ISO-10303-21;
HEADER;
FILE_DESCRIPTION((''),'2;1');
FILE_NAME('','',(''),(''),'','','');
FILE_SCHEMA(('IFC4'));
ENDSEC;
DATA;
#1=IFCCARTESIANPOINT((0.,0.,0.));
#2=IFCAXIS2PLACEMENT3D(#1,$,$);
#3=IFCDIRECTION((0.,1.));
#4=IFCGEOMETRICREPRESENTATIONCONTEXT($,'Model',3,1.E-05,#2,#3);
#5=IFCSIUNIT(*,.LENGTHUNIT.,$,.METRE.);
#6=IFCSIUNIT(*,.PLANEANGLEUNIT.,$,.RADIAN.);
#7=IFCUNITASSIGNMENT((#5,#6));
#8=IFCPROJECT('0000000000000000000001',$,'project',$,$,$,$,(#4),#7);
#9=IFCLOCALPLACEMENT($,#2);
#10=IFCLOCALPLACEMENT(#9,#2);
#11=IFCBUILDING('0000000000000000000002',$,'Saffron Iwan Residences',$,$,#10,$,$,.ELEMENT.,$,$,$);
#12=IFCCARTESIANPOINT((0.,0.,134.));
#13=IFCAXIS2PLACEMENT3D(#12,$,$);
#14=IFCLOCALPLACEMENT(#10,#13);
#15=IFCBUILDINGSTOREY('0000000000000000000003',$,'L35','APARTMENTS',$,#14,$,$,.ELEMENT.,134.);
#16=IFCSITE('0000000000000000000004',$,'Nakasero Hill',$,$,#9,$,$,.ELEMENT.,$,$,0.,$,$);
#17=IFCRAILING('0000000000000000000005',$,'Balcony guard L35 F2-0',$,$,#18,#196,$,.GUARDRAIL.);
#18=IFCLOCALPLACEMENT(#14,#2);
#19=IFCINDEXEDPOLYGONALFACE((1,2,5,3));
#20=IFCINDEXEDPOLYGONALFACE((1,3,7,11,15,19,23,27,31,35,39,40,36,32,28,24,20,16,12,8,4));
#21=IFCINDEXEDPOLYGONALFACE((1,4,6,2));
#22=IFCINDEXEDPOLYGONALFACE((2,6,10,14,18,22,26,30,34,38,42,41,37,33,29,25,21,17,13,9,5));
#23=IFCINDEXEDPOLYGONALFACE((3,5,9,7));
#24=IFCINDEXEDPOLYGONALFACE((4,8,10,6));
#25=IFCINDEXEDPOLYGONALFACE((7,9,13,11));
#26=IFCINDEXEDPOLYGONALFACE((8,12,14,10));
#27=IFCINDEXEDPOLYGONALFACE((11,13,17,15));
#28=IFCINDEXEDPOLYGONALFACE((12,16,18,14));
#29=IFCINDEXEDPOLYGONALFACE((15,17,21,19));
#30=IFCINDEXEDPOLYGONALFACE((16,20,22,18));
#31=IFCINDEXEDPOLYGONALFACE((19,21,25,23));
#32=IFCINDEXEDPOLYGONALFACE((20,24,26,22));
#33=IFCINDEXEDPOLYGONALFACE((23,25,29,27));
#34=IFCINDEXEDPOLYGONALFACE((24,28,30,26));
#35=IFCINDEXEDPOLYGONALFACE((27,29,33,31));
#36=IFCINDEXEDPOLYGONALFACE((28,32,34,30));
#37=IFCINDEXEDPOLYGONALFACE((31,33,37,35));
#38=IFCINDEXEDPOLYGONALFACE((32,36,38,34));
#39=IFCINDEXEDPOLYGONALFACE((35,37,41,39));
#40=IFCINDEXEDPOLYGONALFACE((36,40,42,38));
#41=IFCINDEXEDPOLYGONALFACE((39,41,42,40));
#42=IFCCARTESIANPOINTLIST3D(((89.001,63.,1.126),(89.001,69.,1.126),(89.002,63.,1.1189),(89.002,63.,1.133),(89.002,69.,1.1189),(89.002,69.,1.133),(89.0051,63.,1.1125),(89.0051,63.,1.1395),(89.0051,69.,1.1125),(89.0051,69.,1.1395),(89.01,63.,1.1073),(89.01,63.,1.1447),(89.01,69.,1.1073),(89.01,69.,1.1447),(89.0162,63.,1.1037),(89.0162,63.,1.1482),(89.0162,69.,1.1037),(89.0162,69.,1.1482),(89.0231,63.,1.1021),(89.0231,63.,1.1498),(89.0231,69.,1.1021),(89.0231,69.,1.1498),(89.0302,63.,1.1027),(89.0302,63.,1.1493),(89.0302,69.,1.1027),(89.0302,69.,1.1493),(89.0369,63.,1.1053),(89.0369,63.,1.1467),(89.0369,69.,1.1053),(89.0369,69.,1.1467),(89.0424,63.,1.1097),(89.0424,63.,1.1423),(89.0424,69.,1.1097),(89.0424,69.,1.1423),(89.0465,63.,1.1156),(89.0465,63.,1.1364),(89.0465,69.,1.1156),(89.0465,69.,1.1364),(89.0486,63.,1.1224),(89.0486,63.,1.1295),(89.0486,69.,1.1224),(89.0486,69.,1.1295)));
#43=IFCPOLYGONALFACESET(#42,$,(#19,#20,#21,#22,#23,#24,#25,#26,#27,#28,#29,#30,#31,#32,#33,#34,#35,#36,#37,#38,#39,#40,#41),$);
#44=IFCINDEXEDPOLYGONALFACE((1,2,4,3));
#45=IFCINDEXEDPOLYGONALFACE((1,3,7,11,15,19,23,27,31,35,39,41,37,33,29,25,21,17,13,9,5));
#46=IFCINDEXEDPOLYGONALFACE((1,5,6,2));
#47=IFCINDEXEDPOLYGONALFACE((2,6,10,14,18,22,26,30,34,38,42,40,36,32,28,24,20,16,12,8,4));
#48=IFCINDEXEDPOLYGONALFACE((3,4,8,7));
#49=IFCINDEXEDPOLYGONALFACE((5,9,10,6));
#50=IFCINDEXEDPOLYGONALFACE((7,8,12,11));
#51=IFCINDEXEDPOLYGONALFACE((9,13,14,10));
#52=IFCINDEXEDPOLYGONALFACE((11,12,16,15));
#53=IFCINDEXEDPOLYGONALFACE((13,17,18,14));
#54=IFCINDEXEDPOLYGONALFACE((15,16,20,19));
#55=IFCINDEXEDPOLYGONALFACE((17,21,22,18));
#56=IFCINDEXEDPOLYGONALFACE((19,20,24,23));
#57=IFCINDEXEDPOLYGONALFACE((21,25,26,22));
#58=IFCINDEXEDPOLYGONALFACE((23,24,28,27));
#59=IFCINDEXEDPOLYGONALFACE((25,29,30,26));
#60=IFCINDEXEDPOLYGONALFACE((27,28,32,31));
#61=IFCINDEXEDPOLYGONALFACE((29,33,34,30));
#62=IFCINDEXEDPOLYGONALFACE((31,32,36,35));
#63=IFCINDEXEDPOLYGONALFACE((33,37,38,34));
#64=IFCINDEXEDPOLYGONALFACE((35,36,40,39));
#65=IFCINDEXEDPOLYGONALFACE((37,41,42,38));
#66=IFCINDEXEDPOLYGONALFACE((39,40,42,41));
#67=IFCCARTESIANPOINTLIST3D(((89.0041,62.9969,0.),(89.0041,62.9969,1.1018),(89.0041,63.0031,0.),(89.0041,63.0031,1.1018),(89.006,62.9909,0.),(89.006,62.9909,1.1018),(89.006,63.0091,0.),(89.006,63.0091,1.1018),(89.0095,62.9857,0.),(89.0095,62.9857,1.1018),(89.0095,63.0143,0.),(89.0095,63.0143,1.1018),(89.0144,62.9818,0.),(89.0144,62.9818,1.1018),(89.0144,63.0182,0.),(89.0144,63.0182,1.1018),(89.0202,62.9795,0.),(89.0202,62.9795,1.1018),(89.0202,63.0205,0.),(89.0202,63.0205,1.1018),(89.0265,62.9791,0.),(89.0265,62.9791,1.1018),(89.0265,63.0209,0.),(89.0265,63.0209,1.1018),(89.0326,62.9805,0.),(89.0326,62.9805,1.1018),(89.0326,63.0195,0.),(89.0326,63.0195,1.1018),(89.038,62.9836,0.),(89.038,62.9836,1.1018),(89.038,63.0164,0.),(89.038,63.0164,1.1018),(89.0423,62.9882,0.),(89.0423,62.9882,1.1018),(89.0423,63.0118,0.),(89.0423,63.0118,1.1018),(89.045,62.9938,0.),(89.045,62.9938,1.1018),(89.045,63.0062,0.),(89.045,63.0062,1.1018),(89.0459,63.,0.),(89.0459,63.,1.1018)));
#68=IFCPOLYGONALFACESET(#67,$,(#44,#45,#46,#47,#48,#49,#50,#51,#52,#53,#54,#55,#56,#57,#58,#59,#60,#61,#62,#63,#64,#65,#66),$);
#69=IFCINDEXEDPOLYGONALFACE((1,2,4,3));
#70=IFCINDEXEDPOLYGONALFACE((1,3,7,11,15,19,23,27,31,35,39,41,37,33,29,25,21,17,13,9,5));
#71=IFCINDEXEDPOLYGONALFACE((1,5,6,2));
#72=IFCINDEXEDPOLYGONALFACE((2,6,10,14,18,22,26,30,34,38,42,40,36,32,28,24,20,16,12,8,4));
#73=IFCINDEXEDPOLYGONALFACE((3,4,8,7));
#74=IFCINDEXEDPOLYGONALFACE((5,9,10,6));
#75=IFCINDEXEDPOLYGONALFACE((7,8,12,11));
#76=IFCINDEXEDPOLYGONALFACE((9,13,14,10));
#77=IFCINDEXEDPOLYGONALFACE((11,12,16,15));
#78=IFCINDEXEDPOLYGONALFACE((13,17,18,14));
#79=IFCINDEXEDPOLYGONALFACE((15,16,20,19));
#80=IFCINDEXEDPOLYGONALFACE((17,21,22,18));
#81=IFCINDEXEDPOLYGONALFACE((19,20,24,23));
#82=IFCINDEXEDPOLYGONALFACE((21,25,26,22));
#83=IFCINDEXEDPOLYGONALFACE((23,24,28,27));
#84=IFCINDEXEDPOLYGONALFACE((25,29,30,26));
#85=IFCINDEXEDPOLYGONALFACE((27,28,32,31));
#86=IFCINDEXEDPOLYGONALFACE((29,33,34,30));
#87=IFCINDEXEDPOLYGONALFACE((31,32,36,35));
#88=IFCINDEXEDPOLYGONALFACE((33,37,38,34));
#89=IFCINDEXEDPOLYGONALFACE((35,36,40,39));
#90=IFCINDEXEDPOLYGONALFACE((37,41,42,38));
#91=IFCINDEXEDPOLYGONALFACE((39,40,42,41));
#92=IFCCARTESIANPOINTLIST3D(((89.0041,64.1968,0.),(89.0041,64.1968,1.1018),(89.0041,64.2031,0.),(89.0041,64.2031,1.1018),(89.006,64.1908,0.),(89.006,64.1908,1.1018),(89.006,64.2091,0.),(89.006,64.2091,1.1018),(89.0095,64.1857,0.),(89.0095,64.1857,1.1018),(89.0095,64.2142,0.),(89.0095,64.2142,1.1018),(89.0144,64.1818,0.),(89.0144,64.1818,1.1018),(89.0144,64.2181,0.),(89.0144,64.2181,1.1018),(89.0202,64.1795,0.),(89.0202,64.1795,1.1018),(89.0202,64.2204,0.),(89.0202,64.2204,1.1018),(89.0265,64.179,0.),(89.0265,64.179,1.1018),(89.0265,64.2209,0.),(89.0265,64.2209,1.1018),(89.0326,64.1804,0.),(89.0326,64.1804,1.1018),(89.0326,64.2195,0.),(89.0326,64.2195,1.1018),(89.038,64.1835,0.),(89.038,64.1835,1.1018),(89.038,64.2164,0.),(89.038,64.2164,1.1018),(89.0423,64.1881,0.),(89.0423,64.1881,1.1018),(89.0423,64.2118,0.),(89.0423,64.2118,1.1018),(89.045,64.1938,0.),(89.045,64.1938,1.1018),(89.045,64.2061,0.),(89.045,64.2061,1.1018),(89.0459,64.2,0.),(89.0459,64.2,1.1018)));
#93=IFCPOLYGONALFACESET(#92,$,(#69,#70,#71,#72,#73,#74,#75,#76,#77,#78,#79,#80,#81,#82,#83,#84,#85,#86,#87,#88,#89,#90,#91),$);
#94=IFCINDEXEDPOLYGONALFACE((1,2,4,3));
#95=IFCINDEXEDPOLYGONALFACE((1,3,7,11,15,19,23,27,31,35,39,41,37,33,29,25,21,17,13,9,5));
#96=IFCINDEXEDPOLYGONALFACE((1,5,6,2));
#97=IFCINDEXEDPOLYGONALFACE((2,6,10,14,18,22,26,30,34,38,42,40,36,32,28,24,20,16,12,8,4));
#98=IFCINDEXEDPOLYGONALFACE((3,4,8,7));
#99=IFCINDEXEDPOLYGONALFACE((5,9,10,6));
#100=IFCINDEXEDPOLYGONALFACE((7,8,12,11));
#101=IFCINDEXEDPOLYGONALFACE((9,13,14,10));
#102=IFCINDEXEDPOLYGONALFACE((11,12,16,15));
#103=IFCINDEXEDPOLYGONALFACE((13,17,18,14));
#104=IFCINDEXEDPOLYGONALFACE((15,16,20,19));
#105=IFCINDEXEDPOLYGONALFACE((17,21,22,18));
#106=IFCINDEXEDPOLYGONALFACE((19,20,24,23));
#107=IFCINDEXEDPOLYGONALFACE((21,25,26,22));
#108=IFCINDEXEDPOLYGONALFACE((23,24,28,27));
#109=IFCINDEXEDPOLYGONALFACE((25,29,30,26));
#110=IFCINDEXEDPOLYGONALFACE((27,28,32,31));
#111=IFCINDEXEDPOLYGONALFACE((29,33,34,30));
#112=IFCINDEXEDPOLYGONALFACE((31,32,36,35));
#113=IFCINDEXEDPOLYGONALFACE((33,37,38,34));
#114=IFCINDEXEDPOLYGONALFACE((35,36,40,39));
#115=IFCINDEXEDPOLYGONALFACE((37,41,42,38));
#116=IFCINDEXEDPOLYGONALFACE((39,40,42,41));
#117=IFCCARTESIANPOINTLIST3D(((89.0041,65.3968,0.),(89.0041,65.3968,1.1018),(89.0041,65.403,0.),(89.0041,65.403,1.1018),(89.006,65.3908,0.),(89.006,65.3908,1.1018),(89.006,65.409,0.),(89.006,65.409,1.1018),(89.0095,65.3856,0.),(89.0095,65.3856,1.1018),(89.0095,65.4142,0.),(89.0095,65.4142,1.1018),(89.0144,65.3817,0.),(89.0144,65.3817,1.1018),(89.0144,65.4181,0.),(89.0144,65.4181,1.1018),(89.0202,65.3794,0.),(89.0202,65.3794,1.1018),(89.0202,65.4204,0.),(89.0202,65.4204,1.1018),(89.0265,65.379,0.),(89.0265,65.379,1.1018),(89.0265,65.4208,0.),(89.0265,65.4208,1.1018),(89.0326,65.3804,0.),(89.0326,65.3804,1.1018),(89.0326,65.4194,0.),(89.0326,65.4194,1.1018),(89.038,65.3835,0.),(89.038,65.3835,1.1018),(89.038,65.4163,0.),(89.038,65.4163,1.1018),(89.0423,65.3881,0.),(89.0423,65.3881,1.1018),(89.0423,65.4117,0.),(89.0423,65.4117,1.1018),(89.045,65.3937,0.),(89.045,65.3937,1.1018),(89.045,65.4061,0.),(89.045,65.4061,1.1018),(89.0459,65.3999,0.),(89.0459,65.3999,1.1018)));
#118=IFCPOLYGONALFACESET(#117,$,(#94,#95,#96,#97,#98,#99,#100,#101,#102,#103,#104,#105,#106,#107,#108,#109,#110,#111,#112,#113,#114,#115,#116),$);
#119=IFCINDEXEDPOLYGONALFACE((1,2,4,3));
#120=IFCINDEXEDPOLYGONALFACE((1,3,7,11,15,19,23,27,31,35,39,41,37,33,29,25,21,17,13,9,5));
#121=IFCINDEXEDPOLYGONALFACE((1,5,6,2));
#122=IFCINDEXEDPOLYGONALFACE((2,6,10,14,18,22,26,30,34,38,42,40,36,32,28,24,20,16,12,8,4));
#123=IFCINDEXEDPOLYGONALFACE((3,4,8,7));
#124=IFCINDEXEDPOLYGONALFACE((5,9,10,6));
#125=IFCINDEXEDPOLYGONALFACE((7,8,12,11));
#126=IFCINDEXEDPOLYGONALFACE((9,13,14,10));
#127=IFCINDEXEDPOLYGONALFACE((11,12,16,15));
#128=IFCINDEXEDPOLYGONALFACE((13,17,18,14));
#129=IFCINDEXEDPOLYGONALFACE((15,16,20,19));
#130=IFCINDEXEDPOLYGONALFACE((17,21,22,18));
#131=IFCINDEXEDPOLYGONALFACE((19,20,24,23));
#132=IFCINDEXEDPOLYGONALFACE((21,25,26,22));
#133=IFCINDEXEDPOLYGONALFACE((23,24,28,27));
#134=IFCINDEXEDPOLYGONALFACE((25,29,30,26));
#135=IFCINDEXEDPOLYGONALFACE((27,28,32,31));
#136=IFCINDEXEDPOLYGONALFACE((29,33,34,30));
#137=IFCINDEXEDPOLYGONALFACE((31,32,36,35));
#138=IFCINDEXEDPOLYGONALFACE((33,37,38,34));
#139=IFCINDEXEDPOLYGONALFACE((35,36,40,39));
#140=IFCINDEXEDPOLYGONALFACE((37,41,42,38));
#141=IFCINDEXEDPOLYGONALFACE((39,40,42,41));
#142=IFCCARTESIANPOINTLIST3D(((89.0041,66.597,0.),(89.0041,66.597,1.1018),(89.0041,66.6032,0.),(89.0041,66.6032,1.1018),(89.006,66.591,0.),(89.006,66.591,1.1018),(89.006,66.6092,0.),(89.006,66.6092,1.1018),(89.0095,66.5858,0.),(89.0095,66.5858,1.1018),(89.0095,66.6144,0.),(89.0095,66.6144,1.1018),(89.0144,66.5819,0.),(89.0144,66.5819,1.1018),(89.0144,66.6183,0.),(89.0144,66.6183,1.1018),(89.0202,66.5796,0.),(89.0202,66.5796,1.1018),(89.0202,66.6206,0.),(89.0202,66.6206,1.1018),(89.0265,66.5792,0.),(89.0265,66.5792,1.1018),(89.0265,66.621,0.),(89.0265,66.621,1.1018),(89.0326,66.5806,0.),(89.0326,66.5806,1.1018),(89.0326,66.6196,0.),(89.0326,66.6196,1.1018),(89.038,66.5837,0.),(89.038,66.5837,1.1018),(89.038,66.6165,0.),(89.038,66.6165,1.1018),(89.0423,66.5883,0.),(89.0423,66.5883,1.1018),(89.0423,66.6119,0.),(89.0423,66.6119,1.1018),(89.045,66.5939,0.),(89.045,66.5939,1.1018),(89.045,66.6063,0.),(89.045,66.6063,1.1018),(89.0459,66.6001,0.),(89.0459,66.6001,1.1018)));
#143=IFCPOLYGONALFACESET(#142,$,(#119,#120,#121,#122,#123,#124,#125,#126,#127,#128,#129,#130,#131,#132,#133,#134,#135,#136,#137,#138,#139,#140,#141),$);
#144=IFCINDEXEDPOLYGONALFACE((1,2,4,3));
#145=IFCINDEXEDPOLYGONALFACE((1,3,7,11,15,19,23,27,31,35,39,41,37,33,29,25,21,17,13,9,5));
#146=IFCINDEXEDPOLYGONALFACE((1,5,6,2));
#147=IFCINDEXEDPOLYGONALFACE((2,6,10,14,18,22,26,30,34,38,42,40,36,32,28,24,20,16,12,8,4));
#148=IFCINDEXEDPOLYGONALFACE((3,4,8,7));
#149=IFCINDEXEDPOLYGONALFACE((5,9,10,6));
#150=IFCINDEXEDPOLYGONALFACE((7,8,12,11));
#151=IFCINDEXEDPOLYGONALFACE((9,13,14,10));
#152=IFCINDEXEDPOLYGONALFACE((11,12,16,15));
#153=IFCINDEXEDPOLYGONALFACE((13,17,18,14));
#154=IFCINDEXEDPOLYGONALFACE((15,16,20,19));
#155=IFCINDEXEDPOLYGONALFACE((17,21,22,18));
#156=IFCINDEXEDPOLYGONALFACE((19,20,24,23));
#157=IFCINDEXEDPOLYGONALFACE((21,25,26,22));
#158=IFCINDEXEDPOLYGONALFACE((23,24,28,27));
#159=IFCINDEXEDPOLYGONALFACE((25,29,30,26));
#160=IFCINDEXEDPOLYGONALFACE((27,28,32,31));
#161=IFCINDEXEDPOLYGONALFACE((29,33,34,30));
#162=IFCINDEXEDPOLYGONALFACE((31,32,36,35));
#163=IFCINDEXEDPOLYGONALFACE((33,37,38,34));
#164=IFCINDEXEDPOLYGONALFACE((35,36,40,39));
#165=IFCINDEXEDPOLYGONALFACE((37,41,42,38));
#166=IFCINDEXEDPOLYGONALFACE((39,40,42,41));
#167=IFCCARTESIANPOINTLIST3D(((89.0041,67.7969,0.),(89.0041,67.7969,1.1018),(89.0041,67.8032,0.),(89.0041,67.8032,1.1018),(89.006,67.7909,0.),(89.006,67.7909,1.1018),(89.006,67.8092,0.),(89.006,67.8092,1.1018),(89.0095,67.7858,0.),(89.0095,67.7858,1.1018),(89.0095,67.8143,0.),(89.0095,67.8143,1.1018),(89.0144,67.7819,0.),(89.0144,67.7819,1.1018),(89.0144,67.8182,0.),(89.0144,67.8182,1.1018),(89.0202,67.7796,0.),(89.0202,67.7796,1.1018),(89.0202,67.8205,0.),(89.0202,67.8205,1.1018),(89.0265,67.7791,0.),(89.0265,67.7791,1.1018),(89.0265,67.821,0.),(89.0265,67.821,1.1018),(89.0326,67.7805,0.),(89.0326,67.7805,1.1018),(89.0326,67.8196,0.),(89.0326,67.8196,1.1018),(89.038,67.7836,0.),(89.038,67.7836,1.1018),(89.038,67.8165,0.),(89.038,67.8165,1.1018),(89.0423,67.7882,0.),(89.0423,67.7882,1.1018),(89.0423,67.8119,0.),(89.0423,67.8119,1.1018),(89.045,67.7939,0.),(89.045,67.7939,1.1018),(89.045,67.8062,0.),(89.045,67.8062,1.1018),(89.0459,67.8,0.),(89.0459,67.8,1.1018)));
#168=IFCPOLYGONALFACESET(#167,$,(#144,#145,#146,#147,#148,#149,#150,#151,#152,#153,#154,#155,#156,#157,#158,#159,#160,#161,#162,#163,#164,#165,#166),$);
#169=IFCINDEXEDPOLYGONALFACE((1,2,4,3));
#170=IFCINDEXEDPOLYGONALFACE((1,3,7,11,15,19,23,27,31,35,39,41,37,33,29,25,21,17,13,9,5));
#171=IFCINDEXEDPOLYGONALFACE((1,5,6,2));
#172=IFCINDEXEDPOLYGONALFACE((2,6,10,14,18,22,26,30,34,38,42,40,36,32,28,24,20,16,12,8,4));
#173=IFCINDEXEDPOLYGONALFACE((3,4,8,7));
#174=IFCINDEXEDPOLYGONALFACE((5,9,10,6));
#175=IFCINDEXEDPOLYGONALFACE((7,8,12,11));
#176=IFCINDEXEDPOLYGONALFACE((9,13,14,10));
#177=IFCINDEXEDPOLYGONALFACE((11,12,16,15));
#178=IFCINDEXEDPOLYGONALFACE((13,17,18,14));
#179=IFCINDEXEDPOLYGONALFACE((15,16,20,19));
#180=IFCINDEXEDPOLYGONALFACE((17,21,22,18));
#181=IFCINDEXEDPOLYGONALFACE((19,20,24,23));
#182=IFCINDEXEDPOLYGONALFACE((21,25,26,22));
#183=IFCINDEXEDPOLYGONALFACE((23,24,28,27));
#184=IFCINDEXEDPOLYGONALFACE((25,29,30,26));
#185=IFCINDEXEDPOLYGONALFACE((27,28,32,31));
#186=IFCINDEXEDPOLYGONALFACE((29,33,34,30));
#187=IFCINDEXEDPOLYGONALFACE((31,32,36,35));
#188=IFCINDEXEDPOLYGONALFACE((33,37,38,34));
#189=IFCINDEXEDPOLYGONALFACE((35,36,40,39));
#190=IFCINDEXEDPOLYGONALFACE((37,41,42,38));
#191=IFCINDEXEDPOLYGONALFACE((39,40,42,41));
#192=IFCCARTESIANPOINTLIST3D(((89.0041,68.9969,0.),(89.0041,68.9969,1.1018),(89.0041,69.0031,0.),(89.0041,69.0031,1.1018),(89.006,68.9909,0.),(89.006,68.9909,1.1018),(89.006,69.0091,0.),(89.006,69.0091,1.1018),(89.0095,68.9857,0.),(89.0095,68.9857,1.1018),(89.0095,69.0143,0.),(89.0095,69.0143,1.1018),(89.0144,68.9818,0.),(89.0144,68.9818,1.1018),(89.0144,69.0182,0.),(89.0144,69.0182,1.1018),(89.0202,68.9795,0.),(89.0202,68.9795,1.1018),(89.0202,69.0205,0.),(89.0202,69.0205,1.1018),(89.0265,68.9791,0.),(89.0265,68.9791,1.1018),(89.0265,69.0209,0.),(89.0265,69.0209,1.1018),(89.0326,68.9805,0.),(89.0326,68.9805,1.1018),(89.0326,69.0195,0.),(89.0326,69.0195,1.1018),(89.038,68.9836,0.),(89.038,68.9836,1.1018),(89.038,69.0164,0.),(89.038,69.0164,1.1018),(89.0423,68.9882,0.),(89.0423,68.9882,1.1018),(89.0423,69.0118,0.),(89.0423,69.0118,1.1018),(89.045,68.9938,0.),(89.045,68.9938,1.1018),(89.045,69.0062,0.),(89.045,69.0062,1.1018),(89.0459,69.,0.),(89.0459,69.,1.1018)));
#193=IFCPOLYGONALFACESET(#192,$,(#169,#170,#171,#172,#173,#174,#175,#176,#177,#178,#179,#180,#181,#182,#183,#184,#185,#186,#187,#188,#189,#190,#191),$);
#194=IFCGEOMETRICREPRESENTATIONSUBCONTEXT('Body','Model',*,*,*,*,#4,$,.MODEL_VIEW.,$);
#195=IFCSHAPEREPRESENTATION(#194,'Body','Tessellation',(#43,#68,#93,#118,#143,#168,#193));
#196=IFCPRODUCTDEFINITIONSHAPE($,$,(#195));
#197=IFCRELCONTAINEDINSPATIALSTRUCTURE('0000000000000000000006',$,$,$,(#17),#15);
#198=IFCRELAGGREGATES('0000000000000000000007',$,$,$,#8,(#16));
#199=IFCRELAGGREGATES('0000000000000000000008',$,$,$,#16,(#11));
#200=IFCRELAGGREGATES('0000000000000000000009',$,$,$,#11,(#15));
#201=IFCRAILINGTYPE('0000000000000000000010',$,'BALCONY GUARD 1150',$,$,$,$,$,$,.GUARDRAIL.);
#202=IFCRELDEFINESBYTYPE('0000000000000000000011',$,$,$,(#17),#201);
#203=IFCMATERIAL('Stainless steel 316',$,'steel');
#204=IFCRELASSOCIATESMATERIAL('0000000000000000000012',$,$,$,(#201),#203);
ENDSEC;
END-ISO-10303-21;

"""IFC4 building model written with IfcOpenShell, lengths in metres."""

from ifc_helpers import new_model, si_unit, direction, frame, origin, origin_2d, place, context, subcontext, project, spatial, circle, extrude, material, type_object, element, save


model = new_model("IFC4")

# Units and contexts
model_context = context("Model", 3, precision=1e-05, world=origin(), true_north=direction((0.0, 1.0)))
body_context = subcontext(model_context, "Body", "Model", "MODEL_VIEW")
ifc_project = project(units=[si_unit("LENGTHUNIT", "METRE"), si_unit("PLANEANGLEUNIT", "RADIAN")], contexts=[model_context])

# Site, building, storey
site_placement = place(None, origin())
site = spatial("IfcSite", under=ifc_project, at=site_placement, Name="Nakasero Hill", CompositionType="ELEMENT", RefElevation=0.0)
building_placement = place(site_placement, origin())
building = spatial("IfcBuilding", under=site, at=building_placement, Name="Saffron Iwan Residences", CompositionType="ELEMENT")
storey_placement = place(building_placement, frame((0.0, 0.0, 134.0)))
storey = spatial("IfcBuildingStorey", under=building, at=storey_placement, Name="L35", Description="APARTMENTS", CompositionType="ELEMENT", Elevation=134.0)

# Railing
ifc_material_1 = material(Name="Stainless steel 316", Category="steel")
railing_type_1 = type_object("IfcRailingType", Name="BALCONY GUARD 1150", PredefinedType="GUARDRAIL", material=ifc_material_1)
railing_1_placement = place(storey_placement, frame((89.0249, 63.0, 0.0)))
element("IfcRailing", 1, at=railing_1_placement, inside=storey, type_object=railing_type_1, Name="Balcony guard L35 F2-0", PredefinedType="GUARDRAIL", context=body_context, shape_type="SweptSolid", body=[
    extrude(circle(Radius=0.0239, at=origin_2d()), frame((0.0, 0.0, 1.126), z_axis=(0.0, 1.0, 0.0), x_axis=(-1.0, 0.0, 0.0)), (0.0, 0.0, 1.0), 6.0),
    extrude(circle(Radius=0.021, at=origin_2d()), origin(), (0.0, 0.0, 1.0), 1.1018),
    extrude(circle(Radius=0.021, at=origin_2d()), frame((0.0, 1.2, 0.0)), (0.0, 0.0, 1.0), 1.1018),
    extrude(circle(Radius=0.021, at=origin_2d()), frame((0.0, 2.3999, 0.0)), (0.0, 0.0, 1.0), 1.1018),
    extrude(circle(Radius=0.021, at=origin_2d()), frame((0.0, 3.6001, 0.0)), (0.0, 0.0, 1.0), 1.1018),
    extrude(circle(Radius=0.021, at=origin_2d()), frame((0.0, 4.8, 0.0)), (0.0, 0.0, 1.0), 1.1018),
    extrude(circle(Radius=0.021, at=origin_2d()), frame((0.0, 6.0, 0.0)), (0.0, 0.0, 1.0), 1.1018),
])

save(model, "model.ifc")
